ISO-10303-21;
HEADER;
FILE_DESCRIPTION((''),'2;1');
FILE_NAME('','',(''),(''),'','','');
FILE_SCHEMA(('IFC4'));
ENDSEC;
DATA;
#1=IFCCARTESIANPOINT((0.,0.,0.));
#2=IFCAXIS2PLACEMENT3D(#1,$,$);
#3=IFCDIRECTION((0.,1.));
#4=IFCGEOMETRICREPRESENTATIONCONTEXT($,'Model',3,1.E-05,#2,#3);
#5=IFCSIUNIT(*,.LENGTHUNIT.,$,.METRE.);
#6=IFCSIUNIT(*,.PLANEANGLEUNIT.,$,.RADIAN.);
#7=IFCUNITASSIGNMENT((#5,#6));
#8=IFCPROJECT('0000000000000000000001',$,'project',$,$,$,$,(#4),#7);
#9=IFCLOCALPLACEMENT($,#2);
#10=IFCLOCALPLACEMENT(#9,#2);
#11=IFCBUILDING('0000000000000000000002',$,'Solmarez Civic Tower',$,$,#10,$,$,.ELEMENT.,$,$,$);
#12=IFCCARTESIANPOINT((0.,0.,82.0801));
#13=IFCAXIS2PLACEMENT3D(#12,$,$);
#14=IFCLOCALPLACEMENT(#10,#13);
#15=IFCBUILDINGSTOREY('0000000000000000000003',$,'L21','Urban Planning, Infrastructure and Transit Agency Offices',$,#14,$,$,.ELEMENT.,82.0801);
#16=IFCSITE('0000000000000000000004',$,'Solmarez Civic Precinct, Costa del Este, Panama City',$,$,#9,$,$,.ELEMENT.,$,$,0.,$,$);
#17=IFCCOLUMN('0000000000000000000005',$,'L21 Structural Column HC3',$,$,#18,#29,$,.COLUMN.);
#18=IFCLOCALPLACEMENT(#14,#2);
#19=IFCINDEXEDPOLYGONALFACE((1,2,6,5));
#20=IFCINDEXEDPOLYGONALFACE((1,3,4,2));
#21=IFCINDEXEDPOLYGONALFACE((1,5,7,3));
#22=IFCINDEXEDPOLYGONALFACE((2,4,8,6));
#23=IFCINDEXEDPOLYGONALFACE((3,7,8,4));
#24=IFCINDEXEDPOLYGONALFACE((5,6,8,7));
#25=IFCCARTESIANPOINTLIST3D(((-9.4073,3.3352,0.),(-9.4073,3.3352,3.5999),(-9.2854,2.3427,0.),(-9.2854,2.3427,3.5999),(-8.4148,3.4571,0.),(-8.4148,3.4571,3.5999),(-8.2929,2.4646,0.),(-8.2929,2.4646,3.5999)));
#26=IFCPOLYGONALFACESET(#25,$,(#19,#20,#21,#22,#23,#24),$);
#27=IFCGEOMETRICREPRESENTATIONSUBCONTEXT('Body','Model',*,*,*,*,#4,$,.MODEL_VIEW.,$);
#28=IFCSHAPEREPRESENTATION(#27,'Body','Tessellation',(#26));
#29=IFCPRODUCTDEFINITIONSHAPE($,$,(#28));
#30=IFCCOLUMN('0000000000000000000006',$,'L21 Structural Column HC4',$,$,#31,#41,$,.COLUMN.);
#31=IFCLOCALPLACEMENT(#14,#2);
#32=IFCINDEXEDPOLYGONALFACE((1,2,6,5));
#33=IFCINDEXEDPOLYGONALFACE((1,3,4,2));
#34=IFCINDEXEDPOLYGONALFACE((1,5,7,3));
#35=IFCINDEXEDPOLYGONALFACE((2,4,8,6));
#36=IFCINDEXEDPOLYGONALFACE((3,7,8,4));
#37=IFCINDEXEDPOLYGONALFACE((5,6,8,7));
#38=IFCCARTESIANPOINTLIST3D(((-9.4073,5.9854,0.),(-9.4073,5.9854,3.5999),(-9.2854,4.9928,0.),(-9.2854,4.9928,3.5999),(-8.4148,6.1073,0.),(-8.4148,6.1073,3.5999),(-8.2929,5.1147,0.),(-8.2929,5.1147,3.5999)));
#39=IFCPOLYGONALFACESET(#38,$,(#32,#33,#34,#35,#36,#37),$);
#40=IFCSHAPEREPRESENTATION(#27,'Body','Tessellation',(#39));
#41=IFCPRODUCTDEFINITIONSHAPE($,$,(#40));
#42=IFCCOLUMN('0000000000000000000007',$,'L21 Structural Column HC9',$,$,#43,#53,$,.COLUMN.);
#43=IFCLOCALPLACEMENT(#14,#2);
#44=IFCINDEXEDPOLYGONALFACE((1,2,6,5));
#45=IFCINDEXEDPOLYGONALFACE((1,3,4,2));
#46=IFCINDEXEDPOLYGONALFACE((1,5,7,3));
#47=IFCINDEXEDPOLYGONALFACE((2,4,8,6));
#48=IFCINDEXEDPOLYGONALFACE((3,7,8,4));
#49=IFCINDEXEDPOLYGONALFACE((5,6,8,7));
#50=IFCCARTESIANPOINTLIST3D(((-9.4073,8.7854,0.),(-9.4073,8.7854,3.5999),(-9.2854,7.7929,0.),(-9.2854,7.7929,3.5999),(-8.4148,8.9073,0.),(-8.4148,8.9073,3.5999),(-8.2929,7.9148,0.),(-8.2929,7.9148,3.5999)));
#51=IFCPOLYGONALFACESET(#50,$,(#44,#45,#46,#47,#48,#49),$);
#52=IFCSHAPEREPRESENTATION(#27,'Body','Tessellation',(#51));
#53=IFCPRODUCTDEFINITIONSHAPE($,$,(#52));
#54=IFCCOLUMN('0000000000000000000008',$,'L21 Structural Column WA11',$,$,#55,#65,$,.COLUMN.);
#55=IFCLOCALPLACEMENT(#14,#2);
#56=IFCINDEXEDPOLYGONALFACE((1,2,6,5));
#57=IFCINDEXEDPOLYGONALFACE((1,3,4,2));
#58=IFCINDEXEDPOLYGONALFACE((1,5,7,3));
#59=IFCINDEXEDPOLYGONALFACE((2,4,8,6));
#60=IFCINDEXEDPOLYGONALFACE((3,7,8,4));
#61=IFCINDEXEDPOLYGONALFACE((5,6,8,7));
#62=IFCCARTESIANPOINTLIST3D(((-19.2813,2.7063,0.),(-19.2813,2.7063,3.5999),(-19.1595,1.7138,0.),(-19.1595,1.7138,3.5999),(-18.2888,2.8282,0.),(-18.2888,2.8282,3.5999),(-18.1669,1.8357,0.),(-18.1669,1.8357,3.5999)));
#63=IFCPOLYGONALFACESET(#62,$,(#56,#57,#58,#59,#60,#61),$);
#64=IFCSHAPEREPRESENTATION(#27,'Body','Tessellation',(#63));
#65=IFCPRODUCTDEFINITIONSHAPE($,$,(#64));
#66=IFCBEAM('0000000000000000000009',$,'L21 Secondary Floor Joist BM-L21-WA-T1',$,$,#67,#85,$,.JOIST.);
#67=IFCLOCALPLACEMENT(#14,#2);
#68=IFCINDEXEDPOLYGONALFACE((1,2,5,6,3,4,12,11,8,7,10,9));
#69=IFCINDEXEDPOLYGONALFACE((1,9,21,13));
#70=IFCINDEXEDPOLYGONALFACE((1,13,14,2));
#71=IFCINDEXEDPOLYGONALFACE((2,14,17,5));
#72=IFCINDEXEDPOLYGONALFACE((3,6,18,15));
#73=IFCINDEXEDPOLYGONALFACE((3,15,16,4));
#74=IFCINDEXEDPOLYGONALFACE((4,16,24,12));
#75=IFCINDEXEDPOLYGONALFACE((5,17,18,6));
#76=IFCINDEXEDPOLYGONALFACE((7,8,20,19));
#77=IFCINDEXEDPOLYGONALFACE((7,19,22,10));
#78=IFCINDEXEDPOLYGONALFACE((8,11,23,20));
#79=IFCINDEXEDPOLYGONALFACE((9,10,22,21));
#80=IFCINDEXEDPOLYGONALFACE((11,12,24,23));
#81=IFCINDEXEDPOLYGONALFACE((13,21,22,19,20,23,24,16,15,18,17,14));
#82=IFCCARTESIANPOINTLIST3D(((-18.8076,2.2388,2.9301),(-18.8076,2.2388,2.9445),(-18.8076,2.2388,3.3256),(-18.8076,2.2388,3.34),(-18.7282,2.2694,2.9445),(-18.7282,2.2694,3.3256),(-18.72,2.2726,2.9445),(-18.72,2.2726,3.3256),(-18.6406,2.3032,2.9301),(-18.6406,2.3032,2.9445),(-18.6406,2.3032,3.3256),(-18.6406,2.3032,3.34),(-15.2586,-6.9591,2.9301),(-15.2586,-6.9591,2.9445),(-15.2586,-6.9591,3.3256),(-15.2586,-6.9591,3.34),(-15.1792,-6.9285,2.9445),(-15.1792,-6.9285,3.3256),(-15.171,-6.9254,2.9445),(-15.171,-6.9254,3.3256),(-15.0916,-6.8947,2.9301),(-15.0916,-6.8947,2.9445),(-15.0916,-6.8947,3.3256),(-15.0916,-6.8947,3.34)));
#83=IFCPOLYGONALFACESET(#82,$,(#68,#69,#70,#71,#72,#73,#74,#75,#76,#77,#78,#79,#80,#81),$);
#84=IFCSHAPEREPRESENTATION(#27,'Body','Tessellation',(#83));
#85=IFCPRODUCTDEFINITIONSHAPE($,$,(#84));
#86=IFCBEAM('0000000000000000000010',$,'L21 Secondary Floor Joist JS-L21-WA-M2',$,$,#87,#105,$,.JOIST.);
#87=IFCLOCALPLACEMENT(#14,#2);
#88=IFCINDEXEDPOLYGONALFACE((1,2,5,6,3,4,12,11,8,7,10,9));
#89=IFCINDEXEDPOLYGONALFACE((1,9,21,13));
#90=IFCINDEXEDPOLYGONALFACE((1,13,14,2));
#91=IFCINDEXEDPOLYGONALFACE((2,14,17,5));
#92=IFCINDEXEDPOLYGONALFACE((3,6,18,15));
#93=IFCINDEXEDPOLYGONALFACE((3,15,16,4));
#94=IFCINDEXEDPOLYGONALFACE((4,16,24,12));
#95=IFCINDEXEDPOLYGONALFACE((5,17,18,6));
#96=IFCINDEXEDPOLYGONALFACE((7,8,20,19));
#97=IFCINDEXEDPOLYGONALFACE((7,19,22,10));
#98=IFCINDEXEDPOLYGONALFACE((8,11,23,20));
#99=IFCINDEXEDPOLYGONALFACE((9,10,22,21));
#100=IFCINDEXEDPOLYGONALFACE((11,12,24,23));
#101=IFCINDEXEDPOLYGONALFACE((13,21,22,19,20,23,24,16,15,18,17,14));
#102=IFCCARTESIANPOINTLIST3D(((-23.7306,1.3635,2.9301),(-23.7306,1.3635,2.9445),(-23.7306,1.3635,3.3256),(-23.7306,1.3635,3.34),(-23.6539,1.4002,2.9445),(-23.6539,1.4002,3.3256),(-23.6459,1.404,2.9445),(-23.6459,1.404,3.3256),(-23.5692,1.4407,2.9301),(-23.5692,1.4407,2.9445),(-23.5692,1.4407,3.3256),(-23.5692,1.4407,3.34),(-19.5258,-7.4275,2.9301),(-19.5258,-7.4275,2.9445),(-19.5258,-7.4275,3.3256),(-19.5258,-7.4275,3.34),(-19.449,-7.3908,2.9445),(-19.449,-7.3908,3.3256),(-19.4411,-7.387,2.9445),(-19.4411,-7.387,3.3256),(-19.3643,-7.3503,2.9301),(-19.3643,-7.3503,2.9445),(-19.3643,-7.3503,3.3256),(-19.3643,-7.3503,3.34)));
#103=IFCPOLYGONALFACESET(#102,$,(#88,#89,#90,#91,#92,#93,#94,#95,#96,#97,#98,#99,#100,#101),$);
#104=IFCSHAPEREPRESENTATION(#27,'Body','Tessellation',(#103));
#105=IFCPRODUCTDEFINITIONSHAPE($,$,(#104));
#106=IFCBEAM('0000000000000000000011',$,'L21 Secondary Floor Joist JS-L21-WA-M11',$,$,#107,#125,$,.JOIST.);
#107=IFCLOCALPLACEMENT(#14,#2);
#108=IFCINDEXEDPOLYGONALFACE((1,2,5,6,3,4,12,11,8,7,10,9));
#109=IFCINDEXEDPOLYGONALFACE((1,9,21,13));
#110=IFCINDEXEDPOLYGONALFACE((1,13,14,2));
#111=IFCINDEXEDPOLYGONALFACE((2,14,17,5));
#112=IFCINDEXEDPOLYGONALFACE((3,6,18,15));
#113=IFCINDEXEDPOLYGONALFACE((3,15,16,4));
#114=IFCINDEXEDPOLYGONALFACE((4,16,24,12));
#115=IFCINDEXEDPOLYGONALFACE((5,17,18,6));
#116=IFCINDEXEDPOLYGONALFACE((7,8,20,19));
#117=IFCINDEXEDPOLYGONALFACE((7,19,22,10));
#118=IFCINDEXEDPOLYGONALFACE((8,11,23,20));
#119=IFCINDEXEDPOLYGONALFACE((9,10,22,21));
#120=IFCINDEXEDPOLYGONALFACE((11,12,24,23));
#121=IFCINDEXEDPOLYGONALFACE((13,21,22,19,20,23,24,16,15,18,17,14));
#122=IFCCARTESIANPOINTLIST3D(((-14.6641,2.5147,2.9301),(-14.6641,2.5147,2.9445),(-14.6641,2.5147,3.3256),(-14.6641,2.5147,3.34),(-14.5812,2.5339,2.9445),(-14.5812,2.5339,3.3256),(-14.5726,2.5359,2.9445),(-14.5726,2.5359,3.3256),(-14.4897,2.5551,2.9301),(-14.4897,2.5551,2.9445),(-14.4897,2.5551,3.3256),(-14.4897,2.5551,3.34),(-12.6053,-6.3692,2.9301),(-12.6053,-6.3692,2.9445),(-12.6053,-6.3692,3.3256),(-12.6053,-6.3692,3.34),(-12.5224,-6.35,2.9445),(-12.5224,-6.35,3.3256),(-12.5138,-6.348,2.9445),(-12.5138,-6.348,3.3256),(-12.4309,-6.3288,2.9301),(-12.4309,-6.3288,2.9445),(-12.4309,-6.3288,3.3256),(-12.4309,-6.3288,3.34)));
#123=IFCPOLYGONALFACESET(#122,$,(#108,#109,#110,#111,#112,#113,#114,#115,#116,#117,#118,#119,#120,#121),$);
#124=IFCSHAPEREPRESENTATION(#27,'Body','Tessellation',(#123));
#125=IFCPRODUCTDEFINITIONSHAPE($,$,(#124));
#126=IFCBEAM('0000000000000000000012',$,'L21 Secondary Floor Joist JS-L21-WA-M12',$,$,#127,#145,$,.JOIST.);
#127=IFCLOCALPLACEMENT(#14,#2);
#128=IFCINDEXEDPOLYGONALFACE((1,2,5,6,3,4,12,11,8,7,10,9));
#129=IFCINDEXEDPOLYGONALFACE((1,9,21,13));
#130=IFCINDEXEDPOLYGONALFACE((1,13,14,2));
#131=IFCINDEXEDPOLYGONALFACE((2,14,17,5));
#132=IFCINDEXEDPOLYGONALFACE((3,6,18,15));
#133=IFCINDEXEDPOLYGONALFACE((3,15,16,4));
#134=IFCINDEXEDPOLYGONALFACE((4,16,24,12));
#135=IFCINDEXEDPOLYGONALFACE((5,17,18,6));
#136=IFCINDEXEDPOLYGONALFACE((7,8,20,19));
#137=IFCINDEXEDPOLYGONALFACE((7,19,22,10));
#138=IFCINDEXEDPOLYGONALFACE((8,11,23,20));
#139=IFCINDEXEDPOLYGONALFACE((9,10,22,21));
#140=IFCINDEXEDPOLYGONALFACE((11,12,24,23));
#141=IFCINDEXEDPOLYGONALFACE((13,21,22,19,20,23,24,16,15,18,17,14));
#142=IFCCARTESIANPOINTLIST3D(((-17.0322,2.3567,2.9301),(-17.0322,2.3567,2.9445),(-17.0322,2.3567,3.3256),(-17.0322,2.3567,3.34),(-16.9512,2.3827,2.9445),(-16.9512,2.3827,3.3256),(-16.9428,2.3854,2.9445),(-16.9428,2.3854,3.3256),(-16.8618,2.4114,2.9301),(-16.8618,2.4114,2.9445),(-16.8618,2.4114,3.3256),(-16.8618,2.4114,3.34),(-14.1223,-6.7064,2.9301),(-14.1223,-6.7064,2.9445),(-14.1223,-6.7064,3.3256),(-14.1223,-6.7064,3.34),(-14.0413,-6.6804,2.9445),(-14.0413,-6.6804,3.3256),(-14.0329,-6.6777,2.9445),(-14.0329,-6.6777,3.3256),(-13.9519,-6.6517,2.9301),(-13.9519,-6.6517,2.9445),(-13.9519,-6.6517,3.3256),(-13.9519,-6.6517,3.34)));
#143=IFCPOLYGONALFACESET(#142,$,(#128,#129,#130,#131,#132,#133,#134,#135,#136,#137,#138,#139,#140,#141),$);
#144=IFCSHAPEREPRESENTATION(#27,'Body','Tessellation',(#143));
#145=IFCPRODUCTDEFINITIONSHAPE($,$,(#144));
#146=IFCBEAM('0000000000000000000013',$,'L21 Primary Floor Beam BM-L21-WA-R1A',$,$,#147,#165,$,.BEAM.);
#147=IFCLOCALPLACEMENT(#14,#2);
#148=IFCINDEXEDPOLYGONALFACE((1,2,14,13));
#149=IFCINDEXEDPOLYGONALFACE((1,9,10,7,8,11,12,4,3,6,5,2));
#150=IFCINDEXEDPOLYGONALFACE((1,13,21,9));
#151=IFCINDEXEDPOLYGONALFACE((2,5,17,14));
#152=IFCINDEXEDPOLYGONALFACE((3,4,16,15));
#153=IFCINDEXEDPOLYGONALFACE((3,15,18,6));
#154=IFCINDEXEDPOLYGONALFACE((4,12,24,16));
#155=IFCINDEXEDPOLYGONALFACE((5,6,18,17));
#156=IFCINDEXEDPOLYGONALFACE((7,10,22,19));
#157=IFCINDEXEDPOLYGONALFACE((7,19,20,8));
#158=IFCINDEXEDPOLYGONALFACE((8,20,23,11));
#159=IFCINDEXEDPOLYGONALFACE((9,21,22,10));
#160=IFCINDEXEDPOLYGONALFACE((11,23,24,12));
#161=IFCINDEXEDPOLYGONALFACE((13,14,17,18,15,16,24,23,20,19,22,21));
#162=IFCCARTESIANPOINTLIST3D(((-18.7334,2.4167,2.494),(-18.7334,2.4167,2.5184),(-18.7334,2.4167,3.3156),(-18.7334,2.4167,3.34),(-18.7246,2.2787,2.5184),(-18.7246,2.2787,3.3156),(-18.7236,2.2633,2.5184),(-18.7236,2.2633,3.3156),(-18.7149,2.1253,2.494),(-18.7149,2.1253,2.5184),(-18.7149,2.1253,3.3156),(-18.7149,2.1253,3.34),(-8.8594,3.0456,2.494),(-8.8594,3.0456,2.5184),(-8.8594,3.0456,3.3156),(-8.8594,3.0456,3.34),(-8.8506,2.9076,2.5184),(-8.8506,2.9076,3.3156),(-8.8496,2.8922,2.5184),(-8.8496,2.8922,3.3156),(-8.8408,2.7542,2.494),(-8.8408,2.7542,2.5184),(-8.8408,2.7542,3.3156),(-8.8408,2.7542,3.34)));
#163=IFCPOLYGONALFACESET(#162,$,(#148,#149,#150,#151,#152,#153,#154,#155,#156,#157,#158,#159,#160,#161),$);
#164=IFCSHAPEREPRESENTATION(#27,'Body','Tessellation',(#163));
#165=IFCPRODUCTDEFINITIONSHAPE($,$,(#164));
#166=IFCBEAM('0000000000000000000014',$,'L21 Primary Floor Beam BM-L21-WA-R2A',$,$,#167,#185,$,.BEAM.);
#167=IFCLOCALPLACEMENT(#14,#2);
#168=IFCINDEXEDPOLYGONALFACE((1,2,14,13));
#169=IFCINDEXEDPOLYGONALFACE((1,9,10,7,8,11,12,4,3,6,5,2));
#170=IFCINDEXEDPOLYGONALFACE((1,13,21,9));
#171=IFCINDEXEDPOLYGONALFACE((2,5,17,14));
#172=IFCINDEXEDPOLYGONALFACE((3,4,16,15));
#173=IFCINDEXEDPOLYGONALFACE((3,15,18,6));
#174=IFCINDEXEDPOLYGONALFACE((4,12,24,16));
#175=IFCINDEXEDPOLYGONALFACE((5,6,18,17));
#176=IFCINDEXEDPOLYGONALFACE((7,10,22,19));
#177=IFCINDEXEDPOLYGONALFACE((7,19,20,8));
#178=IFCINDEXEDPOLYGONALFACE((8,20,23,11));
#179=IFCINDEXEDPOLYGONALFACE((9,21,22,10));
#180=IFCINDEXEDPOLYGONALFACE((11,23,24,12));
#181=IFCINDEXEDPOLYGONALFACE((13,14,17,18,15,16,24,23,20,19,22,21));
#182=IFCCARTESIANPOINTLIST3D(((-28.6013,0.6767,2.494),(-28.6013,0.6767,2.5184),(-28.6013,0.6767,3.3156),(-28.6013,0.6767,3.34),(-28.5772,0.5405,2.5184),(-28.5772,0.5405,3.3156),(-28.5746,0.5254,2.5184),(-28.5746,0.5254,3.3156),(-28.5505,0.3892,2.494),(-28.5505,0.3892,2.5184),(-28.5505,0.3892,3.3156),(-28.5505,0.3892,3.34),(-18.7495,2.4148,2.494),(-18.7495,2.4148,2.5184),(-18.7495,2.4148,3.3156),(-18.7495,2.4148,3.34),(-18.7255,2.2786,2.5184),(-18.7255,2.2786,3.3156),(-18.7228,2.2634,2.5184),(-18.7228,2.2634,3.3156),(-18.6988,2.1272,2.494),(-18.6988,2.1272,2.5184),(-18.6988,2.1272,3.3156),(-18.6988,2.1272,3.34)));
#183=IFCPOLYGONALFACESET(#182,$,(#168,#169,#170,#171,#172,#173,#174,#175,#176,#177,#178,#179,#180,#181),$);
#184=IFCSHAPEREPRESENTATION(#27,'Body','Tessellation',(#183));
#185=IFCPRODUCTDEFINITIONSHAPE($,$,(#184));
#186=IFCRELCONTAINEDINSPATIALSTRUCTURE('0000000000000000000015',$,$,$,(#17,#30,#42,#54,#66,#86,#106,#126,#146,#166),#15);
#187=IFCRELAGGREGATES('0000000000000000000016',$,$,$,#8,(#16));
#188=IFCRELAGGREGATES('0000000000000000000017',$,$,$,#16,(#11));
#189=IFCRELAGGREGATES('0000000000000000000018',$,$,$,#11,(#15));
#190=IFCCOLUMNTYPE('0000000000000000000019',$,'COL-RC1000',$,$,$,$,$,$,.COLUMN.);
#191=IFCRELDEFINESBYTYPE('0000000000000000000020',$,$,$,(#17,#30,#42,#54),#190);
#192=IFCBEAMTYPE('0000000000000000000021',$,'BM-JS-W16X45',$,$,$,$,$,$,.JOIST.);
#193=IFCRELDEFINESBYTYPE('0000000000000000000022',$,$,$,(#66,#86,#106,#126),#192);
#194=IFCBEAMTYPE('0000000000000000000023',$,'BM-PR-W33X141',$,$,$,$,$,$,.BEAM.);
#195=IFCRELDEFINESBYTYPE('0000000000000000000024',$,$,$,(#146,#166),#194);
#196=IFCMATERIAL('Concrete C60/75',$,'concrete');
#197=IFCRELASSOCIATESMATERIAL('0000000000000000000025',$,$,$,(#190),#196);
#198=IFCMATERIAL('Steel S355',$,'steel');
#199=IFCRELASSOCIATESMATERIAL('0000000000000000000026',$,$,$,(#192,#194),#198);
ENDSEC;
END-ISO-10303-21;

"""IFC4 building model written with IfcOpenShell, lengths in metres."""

from ifc_helpers import new_model, si_unit, direction, frame, origin, origin_2d, place, context, subcontext, project, spatial, rectangle, i_section, extrude, material, material_profile, profile_set, type_object, element, save


model = new_model("IFC4")

# Units and contexts
model_context = context("Model", 3, precision=1e-05, world=origin(), true_north=direction((0.0, 1.0)))
body_context = subcontext(model_context, "Body", "Model", "MODEL_VIEW")
ifc_project = project(units=[si_unit("LENGTHUNIT", "METRE"), si_unit("PLANEANGLEUNIT", "RADIAN")], contexts=[model_context])

# Site, building, storey
site_placement = place(None, origin())
site = spatial("IfcSite", under=ifc_project, at=site_placement, Name="Solmarez Civic Precinct, Costa del Este, Panama City", CompositionType="ELEMENT", RefElevation=0.0)
building_placement = place(site_placement, origin())
building = spatial("IfcBuilding", under=site, at=building_placement, Name="Solmarez Civic Tower", CompositionType="ELEMENT")
storey_placement = place(building_placement, frame((0.0, 0.0, 82.0801)))
storey = spatial("IfcBuildingStorey", under=building, at=storey_placement, Name="L21", Description="Urban Planning, Infrastructure and Transit Agency Offices", CompositionType="ELEMENT", Elevation=82.0801)

# Columns
ifc_material_1 = material(Name="Concrete C60/75", Category="concrete")
ifc_material_profile_1 = material_profile(ifc_material_1, rectangle(XDim=1.0, YDim=1.0, at=origin_2d()), Name="RC1000X1000")
ifc_profile_set_1 = profile_set([ifc_material_profile_1], Name="Concrete C60/75")
column_type = type_object("IfcColumnType", Name="COL-RC1000", PredefinedType="COLUMN", material=ifc_profile_set_1)
for number, where, z_axis, x_axis, name in (
    (1, (-8.8501, 2.8999, 0.0), (0.0, 0.0, 1.0), (0.992546, 0.121869, 0.0), "L21 Structural Column HC3"),
    (2, (-8.8501, 5.55, 0.0), (0.0, 0.0, 1.0), (0.992546, 0.121869, 0.0), "L21 Structural Column HC4"),
    (3, (-8.8501, 8.3501, 0.0), (0.0, 0.0, 1.0), (0.992546, 0.121869, 0.0), "L21 Structural Column HC9"),
    (4, (-18.7241, 2.271, 0.0), (0.0, 0.0, 1.0), (0.992546, 0.121869, 0.0), "L21 Structural Column WA11"),
):
    element("IfcColumn", number, at=place(storey_placement, frame(where, z_axis=z_axis, x_axis=x_axis)), inside=storey, type_object=column_type, Name=name, PredefinedType="COLUMN", context=body_context, shape_type="SweptSolid", body=[
        extrude(rectangle(XDim=1.0, YDim=1.0, at=origin_2d()), origin(), (0.0, 0.0, 1.0), 3.5999),
    ])

# Beams
ifc_material_2 = material(Name="Steel S355", Category="steel")
ifc_material_profile_2 = material_profile(ifc_material_2, i_section(OverallWidth=0.179, OverallDepth=0.4099, WebThickness=0.0088, FlangeThickness=0.0144, at=origin_2d()), Name="W16X45")
ifc_profile_set_2 = profile_set([ifc_material_profile_2], Name="Steel S355")
beam_type_1 = type_object("IfcBeamType", Name="BM-JS-W16X45", PredefinedType="JOIST", material=ifc_profile_set_2)
beam_1_placement = place(storey_placement, frame((-18.7241, 2.271, 3.135), z_axis=(0.359984, -0.932958, 0.0), x_axis=(0.932958, 0.359984, 0.0)))
element("IfcBeam", 5, at=beam_1_placement, inside=storey, type_object=beam_type_1, Name="L21 Secondary Floor Joist BM-L21-WA-T1", PredefinedType="JOIST", context=body_context, shape_type="SweptSolid", body=[
    extrude(i_section(OverallWidth=0.179, OverallDepth=0.4099, WebThickness=0.0088, FlangeThickness=0.0144, at=origin_2d()), origin(), (0.0, 0.0, 1.0), 9.8589),
])
beam_2_placement = place(storey_placement, frame((-23.6499, 1.4021, 3.135), z_axis=(0.431492, -0.902117, 0.0), x_axis=(0.902117, 0.431492, 0.0)))
element("IfcBeam", 6, at=beam_2_placement, inside=storey, type_object=beam_type_1, Name="L21 Secondary Floor Joist JS-L21-WA-M2", PredefinedType="JOIST", context=body_context, shape_type="SweptSolid", body=[
    extrude(i_section(OverallWidth=0.179, OverallDepth=0.4099, WebThickness=0.0088, FlangeThickness=0.0144, at=origin_2d()), origin(), (0.0, 0.0, 1.0), 9.7449),
])
beam_3_placement = place(storey_placement, frame((-14.5769, 2.5349, 3.135), z_axis=(0.225763, -0.974182, 0.0), x_axis=(0.974182, 0.225763, 0.0)))
element("IfcBeam", 7, at=beam_3_placement, inside=storey, type_object=beam_type_1, Name="L21 Secondary Floor Joist JS-L21-WA-M11", PredefinedType="JOIST", context=body_context, shape_type="SweptSolid", body=[
    extrude(i_section(OverallWidth=0.179, OverallDepth=0.4099, WebThickness=0.0088, FlangeThickness=0.0144, at=origin_2d()), origin(), (0.0, 0.0, 1.0), 9.1194),
])
beam_4_placement = place(storey_placement, frame((-16.947, 2.384, 3.135), z_axis=(0.305705, -0.952126, 0.0), x_axis=(0.952126, 0.305705, 0.0)))
element("IfcBeam", 8, at=beam_4_placement, inside=storey, type_object=beam_type_1, Name="L21 Secondary Floor Joist JS-L21-WA-M12", PredefinedType="JOIST", context=body_context, shape_type="SweptSolid", body=[
    extrude(i_section(OverallWidth=0.179, OverallDepth=0.4099, WebThickness=0.0088, FlangeThickness=0.0144, at=origin_2d()), origin(), (0.0, 0.0, 1.0), 9.5188),
])
ifc_material_profile_3 = material_profile(ifc_material_2, i_section(OverallWidth=0.292, OverallDepth=0.8459, WebThickness=0.0154, FlangeThickness=0.0244, at=origin_2d()), Name="W33X141")
ifc_profile_set_3 = profile_set([ifc_material_profile_3], Name="Steel S355")
beam_type_2 = type_object("IfcBeamType", Name="BM-PR-W33X141", PredefinedType="BEAM", material=ifc_profile_set_3)
beam_5_placement = place(storey_placement, frame((-8.8501, 2.8999, 2.917), z_axis=(-0.997978, -0.063564, 0.0), x_axis=(0.063564, -0.997978, 0.0)))
element("IfcBeam", 9, at=beam_5_placement, inside=storey, type_object=beam_type_2, Name="L21 Primary Floor Beam BM-L21-WA-R1A", PredefinedType="BEAM", context=body_context, shape_type="SweptSolid", body=[
    extrude(i_section(OverallWidth=0.292, OverallDepth=0.8459, WebThickness=0.0154, FlangeThickness=0.0244, at=origin_2d()), origin(), (0.0, 0.0, 1.0), 9.894),
])
beam_6_placement = place(storey_placement, frame((-18.7241, 2.271, 2.917), z_axis=(-0.984792, -0.173735, 0.0), x_axis=(0.173735, -0.984792, 0.0)))
element("IfcBeam", 10, at=beam_6_placement, inside=storey, type_object=beam_type_2, Name="L21 Primary Floor Beam BM-L21-WA-R2A", PredefinedType="BEAM", context=body_context, shape_type="SweptSolid", body=[
    extrude(i_section(OverallWidth=0.292, OverallDepth=0.8459, WebThickness=0.0154, FlangeThickness=0.0244, at=origin_2d()), origin(), (0.0, 0.0, 1.0), 10.0039),
])

save(model, "model.ifc")
